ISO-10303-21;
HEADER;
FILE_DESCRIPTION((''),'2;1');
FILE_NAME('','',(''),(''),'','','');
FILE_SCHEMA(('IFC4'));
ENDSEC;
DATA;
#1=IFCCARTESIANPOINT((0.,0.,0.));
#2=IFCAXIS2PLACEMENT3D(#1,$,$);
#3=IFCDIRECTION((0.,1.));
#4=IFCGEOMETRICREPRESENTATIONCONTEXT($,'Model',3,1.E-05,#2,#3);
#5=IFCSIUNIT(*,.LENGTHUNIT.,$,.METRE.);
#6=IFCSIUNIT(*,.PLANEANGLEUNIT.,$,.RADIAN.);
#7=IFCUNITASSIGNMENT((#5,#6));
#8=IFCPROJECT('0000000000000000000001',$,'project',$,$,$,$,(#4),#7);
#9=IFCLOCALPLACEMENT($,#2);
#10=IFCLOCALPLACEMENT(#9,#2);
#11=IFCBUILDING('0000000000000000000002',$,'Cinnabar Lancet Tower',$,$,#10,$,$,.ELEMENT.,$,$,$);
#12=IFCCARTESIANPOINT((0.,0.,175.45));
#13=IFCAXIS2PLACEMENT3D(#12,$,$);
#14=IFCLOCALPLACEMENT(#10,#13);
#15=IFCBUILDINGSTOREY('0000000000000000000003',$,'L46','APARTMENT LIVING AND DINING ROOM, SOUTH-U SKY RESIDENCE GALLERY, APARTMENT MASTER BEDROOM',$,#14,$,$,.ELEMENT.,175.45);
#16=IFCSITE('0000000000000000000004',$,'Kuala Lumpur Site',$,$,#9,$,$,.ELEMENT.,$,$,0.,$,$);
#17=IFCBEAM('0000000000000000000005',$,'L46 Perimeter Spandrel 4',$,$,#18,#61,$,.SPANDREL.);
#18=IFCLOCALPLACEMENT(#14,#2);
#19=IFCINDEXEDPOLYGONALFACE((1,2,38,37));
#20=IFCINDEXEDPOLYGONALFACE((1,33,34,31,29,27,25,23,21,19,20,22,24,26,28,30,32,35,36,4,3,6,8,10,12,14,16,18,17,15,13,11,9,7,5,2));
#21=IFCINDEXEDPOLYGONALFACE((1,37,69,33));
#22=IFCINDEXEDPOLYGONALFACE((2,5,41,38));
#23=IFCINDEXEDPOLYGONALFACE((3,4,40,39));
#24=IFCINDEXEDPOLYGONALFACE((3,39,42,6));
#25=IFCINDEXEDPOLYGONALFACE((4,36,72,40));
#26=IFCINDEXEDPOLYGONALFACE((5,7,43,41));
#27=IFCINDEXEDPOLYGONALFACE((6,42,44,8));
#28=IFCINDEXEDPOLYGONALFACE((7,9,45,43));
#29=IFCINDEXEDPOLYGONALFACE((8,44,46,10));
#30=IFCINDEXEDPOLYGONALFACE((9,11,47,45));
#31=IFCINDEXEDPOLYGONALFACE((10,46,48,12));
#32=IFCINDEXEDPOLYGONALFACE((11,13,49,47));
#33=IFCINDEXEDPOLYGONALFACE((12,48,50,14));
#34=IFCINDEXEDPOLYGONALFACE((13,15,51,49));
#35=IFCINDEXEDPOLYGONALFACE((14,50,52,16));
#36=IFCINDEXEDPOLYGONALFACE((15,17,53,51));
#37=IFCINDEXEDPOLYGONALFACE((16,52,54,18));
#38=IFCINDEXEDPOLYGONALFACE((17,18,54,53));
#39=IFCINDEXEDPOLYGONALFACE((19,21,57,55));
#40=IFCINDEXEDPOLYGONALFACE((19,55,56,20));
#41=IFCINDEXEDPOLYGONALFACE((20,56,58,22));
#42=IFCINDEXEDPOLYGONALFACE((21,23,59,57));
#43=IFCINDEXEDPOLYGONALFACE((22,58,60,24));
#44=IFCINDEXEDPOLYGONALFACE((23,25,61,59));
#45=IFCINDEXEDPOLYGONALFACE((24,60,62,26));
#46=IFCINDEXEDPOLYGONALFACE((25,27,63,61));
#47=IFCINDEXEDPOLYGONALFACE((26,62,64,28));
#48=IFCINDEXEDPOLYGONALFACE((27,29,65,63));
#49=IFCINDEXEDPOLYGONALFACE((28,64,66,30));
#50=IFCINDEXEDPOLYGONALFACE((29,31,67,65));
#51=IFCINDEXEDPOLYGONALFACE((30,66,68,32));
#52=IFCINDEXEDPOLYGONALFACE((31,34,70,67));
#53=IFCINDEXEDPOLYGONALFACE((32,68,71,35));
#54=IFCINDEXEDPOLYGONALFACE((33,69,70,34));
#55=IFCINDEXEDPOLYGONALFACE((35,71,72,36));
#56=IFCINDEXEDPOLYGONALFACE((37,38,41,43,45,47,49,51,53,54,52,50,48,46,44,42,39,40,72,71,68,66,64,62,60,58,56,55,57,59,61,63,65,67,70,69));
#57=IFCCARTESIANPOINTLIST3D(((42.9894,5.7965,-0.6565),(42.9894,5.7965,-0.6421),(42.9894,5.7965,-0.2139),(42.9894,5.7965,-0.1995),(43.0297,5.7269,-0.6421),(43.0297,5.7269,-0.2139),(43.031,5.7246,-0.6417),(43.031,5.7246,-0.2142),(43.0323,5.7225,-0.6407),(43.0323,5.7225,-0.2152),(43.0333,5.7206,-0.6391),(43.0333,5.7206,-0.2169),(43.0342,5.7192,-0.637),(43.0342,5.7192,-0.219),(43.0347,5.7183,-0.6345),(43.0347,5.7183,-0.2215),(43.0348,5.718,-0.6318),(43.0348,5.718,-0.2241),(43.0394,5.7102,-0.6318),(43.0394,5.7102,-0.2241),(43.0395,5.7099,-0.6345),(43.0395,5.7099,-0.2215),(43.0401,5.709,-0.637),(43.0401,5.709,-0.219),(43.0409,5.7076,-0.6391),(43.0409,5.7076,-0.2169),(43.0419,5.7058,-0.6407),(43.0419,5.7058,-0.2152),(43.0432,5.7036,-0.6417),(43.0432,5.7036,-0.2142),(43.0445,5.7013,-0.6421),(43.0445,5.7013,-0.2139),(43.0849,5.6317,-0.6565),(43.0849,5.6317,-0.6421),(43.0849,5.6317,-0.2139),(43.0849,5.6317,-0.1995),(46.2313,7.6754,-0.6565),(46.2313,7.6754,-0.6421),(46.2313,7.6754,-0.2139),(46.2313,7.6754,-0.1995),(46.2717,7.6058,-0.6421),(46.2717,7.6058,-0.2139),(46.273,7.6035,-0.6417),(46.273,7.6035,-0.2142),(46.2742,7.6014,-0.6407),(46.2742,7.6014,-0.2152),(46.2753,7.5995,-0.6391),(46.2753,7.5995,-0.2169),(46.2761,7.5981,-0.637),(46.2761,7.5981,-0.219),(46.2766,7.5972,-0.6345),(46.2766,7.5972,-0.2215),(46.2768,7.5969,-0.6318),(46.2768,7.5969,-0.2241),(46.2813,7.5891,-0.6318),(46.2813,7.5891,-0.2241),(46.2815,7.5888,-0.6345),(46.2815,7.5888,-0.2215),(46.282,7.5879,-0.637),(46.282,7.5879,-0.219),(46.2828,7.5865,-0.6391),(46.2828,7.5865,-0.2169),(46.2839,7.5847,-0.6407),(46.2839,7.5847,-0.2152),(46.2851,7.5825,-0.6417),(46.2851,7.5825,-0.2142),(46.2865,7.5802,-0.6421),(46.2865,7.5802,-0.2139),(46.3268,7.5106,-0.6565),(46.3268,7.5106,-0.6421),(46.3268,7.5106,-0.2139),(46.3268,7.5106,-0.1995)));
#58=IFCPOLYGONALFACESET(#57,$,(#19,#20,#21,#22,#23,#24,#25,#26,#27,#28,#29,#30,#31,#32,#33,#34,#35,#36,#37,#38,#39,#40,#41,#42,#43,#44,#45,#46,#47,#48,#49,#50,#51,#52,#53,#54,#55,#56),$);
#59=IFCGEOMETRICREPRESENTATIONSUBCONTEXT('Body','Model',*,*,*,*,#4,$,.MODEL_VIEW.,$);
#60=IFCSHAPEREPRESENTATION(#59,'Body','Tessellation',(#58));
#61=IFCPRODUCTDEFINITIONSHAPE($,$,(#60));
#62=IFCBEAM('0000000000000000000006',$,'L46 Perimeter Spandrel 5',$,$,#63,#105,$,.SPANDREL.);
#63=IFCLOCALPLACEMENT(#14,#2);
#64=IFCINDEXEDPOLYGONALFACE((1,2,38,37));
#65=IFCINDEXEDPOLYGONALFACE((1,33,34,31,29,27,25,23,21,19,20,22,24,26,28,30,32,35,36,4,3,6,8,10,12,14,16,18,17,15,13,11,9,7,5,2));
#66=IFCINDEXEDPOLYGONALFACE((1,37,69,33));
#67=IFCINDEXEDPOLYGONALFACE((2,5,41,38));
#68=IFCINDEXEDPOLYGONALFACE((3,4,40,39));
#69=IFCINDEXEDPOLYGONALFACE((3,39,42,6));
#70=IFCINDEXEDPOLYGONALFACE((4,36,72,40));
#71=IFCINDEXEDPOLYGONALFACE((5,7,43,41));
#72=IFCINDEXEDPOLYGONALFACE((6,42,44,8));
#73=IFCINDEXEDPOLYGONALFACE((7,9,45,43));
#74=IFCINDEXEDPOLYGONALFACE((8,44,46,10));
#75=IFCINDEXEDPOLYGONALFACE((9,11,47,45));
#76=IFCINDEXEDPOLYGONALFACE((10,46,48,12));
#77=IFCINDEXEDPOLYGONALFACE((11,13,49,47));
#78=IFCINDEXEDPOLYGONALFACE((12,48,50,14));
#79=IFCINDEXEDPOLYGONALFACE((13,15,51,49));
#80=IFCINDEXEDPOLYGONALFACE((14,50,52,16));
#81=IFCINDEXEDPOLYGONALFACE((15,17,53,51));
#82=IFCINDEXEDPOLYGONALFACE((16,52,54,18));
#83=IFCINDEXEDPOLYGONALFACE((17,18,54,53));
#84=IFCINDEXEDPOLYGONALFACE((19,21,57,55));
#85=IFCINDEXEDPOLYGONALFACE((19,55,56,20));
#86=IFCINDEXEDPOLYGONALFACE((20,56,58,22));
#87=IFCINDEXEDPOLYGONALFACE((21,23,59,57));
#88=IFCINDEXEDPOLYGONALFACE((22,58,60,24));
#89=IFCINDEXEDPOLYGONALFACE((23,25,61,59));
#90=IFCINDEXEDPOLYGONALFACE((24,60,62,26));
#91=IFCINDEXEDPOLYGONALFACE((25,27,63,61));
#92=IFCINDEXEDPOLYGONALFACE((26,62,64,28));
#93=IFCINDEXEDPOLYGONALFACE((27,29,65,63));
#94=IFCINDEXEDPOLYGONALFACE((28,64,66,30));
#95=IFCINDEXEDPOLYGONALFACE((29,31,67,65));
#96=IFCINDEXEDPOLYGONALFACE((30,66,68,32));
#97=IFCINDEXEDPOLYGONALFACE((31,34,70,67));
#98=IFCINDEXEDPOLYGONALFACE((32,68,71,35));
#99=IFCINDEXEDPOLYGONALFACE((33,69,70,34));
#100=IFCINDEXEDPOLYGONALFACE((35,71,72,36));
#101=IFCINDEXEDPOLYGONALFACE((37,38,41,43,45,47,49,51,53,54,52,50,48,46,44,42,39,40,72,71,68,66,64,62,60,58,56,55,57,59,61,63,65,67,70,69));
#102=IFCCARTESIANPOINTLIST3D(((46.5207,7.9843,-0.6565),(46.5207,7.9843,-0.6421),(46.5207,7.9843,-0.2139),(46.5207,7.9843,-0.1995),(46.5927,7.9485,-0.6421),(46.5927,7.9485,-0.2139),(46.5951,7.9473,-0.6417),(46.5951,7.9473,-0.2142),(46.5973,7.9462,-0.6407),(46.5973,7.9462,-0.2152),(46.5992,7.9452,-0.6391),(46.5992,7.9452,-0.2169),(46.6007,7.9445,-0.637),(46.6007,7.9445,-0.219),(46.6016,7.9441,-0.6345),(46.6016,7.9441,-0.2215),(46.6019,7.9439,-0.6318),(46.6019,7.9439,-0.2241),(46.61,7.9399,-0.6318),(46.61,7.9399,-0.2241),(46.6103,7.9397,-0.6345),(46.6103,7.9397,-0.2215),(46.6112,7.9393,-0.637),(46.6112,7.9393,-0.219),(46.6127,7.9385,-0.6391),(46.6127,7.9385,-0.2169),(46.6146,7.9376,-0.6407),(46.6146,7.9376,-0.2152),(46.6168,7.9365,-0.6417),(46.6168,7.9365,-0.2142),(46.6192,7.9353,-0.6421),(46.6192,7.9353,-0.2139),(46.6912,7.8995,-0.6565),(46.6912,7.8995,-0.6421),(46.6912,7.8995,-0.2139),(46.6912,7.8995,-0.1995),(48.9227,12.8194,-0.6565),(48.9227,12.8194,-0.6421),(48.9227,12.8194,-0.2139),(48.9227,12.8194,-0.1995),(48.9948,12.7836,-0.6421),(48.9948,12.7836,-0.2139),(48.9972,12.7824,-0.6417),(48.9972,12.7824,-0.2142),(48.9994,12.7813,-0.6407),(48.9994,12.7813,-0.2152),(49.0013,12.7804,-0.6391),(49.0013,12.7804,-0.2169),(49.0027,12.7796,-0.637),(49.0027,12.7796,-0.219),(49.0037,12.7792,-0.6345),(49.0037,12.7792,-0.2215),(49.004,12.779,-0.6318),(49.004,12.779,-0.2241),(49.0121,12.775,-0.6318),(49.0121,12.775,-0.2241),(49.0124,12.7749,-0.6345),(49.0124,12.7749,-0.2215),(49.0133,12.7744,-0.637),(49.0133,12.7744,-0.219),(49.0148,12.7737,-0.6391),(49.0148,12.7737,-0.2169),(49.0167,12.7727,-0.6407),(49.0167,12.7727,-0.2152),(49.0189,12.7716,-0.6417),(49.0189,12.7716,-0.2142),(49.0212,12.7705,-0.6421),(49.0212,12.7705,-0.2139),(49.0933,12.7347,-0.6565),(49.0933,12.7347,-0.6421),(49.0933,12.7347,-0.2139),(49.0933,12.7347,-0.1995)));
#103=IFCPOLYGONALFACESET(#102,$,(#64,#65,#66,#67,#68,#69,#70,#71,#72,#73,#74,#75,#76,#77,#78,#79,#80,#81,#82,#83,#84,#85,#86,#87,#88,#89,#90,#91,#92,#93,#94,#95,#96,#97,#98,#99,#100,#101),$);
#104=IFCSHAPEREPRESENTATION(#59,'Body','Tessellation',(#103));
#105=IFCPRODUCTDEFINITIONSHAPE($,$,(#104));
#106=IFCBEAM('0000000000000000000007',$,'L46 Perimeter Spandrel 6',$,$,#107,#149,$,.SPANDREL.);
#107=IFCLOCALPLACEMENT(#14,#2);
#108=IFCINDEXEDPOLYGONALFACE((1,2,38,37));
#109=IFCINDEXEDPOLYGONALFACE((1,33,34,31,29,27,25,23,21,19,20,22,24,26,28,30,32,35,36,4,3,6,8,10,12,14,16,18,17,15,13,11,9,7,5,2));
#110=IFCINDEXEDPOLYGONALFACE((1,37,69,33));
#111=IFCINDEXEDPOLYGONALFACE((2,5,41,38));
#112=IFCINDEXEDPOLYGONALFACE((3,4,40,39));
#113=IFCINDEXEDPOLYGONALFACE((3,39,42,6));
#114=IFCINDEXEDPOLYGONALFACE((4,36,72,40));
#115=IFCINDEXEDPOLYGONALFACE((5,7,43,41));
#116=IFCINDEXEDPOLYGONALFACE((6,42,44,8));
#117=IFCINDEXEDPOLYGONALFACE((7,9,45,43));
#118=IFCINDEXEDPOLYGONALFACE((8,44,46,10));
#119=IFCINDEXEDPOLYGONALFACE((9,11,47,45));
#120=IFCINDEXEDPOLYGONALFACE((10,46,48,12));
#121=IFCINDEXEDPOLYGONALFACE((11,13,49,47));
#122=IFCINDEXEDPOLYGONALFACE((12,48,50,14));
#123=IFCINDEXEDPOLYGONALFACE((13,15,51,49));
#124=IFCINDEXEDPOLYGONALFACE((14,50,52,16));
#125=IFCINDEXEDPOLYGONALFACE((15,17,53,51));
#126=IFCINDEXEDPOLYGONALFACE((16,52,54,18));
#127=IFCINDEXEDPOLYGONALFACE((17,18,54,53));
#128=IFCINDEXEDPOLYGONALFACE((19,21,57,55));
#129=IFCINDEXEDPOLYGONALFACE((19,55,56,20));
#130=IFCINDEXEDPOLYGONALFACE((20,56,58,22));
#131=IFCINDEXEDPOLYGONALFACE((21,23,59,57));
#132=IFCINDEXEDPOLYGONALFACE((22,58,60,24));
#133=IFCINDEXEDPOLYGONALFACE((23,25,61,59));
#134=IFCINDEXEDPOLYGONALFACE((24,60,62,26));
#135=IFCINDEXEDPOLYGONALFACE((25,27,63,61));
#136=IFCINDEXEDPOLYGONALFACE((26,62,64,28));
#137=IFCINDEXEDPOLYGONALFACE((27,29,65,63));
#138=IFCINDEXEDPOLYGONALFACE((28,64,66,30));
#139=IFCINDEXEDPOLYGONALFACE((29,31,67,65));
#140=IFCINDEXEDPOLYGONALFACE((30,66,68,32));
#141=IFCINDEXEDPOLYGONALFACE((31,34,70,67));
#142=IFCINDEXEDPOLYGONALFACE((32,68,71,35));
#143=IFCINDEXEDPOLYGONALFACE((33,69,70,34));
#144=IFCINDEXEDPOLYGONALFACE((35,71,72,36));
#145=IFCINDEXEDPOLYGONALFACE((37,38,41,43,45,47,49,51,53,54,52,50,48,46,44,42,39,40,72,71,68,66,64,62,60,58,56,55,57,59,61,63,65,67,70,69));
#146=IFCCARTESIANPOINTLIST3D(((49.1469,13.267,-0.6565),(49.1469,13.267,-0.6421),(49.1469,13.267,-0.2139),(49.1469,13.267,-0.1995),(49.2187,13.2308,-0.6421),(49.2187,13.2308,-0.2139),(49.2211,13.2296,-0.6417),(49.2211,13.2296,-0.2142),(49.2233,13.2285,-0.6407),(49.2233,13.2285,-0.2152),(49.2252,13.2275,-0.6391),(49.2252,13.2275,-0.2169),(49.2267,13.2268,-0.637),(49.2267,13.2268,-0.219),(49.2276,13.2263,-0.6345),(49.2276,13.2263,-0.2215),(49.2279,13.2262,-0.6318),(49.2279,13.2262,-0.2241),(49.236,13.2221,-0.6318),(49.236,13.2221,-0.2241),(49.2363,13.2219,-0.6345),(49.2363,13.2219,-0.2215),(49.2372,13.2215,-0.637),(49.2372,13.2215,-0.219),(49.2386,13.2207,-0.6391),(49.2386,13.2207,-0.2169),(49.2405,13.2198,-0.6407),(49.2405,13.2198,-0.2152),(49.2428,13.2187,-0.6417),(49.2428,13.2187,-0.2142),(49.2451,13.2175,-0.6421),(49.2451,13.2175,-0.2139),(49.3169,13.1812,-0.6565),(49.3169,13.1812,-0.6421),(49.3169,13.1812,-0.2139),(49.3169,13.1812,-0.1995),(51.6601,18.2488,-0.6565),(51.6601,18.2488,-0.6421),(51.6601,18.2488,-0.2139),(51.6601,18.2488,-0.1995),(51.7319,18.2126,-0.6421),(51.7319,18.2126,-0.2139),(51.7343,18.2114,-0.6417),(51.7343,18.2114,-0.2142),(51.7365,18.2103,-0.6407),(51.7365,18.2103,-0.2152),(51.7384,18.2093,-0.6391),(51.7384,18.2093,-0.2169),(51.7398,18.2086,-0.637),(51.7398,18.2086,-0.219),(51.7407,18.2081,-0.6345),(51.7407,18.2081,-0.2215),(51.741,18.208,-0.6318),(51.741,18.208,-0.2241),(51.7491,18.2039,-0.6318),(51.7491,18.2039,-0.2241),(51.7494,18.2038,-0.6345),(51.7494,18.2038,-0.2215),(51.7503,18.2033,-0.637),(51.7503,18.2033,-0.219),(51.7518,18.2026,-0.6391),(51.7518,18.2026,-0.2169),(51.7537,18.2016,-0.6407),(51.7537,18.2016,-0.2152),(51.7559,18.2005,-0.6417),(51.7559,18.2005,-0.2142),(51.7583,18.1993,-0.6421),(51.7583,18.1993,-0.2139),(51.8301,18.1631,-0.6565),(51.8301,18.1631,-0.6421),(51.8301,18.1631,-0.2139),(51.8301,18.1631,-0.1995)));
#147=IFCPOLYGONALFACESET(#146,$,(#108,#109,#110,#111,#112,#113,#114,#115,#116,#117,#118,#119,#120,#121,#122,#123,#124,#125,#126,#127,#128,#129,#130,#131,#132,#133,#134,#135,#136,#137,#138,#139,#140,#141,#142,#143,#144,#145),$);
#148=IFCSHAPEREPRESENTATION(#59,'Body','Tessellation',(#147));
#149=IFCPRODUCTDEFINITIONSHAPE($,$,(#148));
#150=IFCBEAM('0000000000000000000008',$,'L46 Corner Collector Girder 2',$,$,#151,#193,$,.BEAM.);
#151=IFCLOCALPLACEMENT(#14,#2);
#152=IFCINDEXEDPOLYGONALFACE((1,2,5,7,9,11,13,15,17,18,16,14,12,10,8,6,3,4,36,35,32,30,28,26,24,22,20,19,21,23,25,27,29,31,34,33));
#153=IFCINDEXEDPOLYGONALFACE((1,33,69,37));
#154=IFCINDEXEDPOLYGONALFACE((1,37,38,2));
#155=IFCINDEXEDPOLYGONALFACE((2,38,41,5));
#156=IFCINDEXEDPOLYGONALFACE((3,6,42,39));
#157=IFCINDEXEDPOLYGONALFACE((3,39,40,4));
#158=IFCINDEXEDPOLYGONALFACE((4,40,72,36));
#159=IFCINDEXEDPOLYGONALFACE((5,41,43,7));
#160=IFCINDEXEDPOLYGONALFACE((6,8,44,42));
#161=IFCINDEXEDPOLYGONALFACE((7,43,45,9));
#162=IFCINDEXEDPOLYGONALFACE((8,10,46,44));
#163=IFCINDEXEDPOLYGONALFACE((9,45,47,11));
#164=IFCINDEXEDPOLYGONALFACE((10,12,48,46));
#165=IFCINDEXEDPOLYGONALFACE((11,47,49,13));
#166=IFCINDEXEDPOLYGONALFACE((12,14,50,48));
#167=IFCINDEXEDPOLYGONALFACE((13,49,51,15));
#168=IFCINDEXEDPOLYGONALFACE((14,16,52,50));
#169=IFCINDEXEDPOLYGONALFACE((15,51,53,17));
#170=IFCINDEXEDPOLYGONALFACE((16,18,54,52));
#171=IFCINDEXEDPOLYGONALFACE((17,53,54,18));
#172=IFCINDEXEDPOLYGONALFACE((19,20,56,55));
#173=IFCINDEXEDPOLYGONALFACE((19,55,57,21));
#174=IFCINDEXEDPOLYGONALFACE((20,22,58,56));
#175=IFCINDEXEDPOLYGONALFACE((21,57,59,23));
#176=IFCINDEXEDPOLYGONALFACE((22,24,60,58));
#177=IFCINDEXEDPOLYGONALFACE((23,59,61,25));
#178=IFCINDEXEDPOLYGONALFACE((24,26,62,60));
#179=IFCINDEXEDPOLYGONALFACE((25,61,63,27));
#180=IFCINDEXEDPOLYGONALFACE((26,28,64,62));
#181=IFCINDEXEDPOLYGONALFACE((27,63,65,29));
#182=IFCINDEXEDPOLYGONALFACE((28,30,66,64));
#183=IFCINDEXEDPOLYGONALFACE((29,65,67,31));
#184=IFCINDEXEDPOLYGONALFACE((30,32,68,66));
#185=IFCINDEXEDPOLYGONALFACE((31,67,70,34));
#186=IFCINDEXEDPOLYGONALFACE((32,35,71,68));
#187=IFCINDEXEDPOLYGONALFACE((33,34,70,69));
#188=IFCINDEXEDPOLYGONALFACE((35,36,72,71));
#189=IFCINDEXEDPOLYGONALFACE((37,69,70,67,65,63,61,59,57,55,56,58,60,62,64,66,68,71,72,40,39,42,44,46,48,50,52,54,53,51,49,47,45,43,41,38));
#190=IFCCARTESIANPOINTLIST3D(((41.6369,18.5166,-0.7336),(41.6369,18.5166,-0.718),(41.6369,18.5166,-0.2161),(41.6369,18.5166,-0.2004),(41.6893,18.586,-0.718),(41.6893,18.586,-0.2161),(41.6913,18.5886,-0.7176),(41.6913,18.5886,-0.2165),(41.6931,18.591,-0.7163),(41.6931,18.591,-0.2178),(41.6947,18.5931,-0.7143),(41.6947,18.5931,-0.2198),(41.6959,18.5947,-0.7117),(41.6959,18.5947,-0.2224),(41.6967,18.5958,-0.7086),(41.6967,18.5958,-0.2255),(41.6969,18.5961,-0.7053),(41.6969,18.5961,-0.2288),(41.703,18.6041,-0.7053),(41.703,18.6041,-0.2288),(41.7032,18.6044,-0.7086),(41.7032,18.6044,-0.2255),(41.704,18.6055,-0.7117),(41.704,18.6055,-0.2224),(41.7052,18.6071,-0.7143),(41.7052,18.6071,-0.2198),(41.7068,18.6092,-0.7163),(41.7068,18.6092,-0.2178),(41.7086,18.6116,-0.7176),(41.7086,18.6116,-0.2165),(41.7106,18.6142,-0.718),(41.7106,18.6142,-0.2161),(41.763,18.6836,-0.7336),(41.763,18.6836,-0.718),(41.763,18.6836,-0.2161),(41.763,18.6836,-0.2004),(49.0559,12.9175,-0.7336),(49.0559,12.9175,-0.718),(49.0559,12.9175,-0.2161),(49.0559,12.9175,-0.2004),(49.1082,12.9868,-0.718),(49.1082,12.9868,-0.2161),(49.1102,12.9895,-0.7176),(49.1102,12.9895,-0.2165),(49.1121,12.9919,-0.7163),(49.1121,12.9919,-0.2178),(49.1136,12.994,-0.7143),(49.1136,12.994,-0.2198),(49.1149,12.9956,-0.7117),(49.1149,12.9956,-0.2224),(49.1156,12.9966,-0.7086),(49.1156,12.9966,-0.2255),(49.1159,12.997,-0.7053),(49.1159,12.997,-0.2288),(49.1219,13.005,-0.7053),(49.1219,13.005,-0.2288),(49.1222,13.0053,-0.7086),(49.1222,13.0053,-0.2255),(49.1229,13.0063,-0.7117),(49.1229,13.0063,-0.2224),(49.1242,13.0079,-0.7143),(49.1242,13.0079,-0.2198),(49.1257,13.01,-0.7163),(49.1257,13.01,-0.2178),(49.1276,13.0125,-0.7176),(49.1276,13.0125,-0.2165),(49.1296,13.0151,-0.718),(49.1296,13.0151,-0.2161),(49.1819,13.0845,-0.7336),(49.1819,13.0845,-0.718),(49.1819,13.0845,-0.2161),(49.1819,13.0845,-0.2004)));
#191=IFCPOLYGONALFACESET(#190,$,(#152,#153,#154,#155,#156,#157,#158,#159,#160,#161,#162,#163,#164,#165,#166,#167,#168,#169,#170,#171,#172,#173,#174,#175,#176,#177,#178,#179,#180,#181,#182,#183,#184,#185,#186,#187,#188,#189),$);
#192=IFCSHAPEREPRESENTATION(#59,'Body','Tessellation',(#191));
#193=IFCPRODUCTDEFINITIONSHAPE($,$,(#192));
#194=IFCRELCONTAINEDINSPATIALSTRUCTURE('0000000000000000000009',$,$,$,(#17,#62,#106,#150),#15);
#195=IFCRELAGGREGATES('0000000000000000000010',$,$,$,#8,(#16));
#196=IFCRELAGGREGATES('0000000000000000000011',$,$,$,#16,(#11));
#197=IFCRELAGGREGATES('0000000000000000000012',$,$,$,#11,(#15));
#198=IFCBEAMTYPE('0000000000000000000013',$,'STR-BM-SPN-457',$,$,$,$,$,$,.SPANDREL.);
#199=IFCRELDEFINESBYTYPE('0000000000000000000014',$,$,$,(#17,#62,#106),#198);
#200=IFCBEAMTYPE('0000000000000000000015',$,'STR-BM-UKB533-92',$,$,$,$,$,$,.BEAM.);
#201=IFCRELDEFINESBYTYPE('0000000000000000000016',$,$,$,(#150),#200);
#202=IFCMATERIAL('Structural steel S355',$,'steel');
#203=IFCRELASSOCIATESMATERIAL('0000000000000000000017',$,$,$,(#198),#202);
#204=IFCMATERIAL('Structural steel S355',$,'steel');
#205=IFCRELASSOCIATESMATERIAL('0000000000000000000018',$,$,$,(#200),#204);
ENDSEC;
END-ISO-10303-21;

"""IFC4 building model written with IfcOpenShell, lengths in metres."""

from ifc_helpers import new_model, si_unit, direction, frame, origin, origin_2d, place, context, subcontext, project, spatial, i_section, extrude, material, material_profile, profile_set, type_object, element, save


model = new_model("IFC4")

# Units and contexts
model_context = context("Model", 3, precision=1e-05, world=origin(), true_north=direction((0.0, 1.0)))
body_context = subcontext(model_context, "Body", "Model", "MODEL_VIEW")
ifc_project = project(units=[si_unit("LENGTHUNIT", "METRE"), si_unit("PLANEANGLEUNIT", "RADIAN")], contexts=[model_context])

# Site, building, storey
site_placement = place(None, origin())
site = spatial("IfcSite", under=ifc_project, at=site_placement, Name="Kuala Lumpur Site", CompositionType="ELEMENT", RefElevation=0.0)
building_placement = place(site_placement, origin())
building = spatial("IfcBuilding", under=site, at=building_placement, Name="Cinnabar Lancet Tower", CompositionType="ELEMENT")
storey_placement = place(building_placement, frame((0.0, 0.0, 175.45)))
storey = spatial("IfcBuildingStorey", under=building, at=storey_placement, Name="L46", Description="APARTMENT LIVING AND DINING ROOM, SOUTH-U SKY RESIDENCE GALLERY, APARTMENT MASTER BEDROOM", CompositionType="ELEMENT", Elevation=175.45)

# Beams
ifc_material_1 = material(Name="Structural steel S355", Category="steel")
ifc_material_profile_1 = material_profile(ifc_material_1, i_section(OverallWidth=0.1904, OverallDepth=0.457, WebThickness=0.009, FlangeThickness=0.0144, FilletRadius=0.0103, at=origin_2d()), Name="UKB 457x191x74")
ifc_profile_set_1 = profile_set([ifc_material_profile_1], Name="Structural steel S355")
beam_type_1 = type_object("IfcBeamType", Name="STR-BM-SPN-457", PredefinedType="SPANDREL", material=ifc_profile_set_1)
beam_1_placement = place(storey_placement, frame((43.0371, 5.7141, -0.428), z_axis=(0.865196, 0.501434, 0.0), x_axis=(-0.501434, 0.865196, 0.0)))
element("IfcBeam", 1, at=beam_1_placement, inside=storey, type_object=beam_type_1, Name="L46 Perimeter Spandrel 4", PredefinedType="SPANDREL", context=body_context, shape_type="SweptSolid", body=[
    extrude(i_section(OverallWidth=0.1904, OverallDepth=0.457, WebThickness=0.009, FlangeThickness=0.0144, FilletRadius=0.0103, at=origin_2d()), origin(), (0.0, 0.0, 1.0), 3.7471),
])
beam_2_placement = place(storey_placement, frame((46.606, 7.9419, -0.428), z_axis=(0.444915, 0.895573, 0.0), x_axis=(-0.895573, 0.444915, 0.0)))
element("IfcBeam", 2, at=beam_2_placement, inside=storey, type_object=beam_type_1, Name="L46 Perimeter Spandrel 5", PredefinedType="SPANDREL", context=body_context, shape_type="SweptSolid", body=[
    extrude(i_section(OverallWidth=0.1904, OverallDepth=0.457, WebThickness=0.009, FlangeThickness=0.0144, FilletRadius=0.0103, at=origin_2d()), origin(), (0.0, 0.0, 1.0), 5.3989),
])
beam_3_placement = place(storey_placement, frame((49.2319, 13.2241, -0.428), z_axis=(0.450396, 0.892829, 0.0), x_axis=(-0.892829, 0.450396, 0.0)))
element("IfcBeam", 3, at=beam_3_placement, inside=storey, type_object=beam_type_1, Name="L46 Perimeter Spandrel 6", PredefinedType="SPANDREL", context=body_context, shape_type="SweptSolid", body=[
    extrude(i_section(OverallWidth=0.1904, OverallDepth=0.457, WebThickness=0.009, FlangeThickness=0.0144, FilletRadius=0.0103, at=origin_2d()), origin(), (0.0, 0.0, 1.0), 5.5798),
])
ifc_material_2 = material(Name="Structural steel S355", Category="steel")
ifc_material_profile_2 = material_profile(ifc_material_2, i_section(OverallWidth=0.2092, OverallDepth=0.5332, WebThickness=0.01, FlangeThickness=0.0156, FilletRadius=0.0127, at=origin_2d()), Name="UKB 533x210x92")
ifc_profile_set_2 = profile_set([ifc_material_profile_2], Name="Structural steel S355")
beam_type_2 = type_object("IfcBeamType", Name="STR-BM-UKB533-92", PredefinedType="BEAM", material=ifc_profile_set_2)
beam_4_placement = place(storey_placement, frame((49.1189, 13.001, -0.467), z_axis=(-0.798193, 0.602401, 0.0), x_axis=(-0.602401, -0.798193, 0.0)))
element("IfcBeam", 4, at=beam_4_placement, inside=storey, type_object=beam_type_2, Name="L46 Corner Collector Girder 2", PredefinedType="BEAM", context=body_context, shape_type="SweptSolid", body=[
    extrude(i_section(OverallWidth=0.2092, OverallDepth=0.5332, WebThickness=0.01, FlangeThickness=0.0156, FilletRadius=0.0127, at=origin_2d()), origin(), (0.0, 0.0, 1.0), 9.2947),
])

save(model, "model.ifc")
